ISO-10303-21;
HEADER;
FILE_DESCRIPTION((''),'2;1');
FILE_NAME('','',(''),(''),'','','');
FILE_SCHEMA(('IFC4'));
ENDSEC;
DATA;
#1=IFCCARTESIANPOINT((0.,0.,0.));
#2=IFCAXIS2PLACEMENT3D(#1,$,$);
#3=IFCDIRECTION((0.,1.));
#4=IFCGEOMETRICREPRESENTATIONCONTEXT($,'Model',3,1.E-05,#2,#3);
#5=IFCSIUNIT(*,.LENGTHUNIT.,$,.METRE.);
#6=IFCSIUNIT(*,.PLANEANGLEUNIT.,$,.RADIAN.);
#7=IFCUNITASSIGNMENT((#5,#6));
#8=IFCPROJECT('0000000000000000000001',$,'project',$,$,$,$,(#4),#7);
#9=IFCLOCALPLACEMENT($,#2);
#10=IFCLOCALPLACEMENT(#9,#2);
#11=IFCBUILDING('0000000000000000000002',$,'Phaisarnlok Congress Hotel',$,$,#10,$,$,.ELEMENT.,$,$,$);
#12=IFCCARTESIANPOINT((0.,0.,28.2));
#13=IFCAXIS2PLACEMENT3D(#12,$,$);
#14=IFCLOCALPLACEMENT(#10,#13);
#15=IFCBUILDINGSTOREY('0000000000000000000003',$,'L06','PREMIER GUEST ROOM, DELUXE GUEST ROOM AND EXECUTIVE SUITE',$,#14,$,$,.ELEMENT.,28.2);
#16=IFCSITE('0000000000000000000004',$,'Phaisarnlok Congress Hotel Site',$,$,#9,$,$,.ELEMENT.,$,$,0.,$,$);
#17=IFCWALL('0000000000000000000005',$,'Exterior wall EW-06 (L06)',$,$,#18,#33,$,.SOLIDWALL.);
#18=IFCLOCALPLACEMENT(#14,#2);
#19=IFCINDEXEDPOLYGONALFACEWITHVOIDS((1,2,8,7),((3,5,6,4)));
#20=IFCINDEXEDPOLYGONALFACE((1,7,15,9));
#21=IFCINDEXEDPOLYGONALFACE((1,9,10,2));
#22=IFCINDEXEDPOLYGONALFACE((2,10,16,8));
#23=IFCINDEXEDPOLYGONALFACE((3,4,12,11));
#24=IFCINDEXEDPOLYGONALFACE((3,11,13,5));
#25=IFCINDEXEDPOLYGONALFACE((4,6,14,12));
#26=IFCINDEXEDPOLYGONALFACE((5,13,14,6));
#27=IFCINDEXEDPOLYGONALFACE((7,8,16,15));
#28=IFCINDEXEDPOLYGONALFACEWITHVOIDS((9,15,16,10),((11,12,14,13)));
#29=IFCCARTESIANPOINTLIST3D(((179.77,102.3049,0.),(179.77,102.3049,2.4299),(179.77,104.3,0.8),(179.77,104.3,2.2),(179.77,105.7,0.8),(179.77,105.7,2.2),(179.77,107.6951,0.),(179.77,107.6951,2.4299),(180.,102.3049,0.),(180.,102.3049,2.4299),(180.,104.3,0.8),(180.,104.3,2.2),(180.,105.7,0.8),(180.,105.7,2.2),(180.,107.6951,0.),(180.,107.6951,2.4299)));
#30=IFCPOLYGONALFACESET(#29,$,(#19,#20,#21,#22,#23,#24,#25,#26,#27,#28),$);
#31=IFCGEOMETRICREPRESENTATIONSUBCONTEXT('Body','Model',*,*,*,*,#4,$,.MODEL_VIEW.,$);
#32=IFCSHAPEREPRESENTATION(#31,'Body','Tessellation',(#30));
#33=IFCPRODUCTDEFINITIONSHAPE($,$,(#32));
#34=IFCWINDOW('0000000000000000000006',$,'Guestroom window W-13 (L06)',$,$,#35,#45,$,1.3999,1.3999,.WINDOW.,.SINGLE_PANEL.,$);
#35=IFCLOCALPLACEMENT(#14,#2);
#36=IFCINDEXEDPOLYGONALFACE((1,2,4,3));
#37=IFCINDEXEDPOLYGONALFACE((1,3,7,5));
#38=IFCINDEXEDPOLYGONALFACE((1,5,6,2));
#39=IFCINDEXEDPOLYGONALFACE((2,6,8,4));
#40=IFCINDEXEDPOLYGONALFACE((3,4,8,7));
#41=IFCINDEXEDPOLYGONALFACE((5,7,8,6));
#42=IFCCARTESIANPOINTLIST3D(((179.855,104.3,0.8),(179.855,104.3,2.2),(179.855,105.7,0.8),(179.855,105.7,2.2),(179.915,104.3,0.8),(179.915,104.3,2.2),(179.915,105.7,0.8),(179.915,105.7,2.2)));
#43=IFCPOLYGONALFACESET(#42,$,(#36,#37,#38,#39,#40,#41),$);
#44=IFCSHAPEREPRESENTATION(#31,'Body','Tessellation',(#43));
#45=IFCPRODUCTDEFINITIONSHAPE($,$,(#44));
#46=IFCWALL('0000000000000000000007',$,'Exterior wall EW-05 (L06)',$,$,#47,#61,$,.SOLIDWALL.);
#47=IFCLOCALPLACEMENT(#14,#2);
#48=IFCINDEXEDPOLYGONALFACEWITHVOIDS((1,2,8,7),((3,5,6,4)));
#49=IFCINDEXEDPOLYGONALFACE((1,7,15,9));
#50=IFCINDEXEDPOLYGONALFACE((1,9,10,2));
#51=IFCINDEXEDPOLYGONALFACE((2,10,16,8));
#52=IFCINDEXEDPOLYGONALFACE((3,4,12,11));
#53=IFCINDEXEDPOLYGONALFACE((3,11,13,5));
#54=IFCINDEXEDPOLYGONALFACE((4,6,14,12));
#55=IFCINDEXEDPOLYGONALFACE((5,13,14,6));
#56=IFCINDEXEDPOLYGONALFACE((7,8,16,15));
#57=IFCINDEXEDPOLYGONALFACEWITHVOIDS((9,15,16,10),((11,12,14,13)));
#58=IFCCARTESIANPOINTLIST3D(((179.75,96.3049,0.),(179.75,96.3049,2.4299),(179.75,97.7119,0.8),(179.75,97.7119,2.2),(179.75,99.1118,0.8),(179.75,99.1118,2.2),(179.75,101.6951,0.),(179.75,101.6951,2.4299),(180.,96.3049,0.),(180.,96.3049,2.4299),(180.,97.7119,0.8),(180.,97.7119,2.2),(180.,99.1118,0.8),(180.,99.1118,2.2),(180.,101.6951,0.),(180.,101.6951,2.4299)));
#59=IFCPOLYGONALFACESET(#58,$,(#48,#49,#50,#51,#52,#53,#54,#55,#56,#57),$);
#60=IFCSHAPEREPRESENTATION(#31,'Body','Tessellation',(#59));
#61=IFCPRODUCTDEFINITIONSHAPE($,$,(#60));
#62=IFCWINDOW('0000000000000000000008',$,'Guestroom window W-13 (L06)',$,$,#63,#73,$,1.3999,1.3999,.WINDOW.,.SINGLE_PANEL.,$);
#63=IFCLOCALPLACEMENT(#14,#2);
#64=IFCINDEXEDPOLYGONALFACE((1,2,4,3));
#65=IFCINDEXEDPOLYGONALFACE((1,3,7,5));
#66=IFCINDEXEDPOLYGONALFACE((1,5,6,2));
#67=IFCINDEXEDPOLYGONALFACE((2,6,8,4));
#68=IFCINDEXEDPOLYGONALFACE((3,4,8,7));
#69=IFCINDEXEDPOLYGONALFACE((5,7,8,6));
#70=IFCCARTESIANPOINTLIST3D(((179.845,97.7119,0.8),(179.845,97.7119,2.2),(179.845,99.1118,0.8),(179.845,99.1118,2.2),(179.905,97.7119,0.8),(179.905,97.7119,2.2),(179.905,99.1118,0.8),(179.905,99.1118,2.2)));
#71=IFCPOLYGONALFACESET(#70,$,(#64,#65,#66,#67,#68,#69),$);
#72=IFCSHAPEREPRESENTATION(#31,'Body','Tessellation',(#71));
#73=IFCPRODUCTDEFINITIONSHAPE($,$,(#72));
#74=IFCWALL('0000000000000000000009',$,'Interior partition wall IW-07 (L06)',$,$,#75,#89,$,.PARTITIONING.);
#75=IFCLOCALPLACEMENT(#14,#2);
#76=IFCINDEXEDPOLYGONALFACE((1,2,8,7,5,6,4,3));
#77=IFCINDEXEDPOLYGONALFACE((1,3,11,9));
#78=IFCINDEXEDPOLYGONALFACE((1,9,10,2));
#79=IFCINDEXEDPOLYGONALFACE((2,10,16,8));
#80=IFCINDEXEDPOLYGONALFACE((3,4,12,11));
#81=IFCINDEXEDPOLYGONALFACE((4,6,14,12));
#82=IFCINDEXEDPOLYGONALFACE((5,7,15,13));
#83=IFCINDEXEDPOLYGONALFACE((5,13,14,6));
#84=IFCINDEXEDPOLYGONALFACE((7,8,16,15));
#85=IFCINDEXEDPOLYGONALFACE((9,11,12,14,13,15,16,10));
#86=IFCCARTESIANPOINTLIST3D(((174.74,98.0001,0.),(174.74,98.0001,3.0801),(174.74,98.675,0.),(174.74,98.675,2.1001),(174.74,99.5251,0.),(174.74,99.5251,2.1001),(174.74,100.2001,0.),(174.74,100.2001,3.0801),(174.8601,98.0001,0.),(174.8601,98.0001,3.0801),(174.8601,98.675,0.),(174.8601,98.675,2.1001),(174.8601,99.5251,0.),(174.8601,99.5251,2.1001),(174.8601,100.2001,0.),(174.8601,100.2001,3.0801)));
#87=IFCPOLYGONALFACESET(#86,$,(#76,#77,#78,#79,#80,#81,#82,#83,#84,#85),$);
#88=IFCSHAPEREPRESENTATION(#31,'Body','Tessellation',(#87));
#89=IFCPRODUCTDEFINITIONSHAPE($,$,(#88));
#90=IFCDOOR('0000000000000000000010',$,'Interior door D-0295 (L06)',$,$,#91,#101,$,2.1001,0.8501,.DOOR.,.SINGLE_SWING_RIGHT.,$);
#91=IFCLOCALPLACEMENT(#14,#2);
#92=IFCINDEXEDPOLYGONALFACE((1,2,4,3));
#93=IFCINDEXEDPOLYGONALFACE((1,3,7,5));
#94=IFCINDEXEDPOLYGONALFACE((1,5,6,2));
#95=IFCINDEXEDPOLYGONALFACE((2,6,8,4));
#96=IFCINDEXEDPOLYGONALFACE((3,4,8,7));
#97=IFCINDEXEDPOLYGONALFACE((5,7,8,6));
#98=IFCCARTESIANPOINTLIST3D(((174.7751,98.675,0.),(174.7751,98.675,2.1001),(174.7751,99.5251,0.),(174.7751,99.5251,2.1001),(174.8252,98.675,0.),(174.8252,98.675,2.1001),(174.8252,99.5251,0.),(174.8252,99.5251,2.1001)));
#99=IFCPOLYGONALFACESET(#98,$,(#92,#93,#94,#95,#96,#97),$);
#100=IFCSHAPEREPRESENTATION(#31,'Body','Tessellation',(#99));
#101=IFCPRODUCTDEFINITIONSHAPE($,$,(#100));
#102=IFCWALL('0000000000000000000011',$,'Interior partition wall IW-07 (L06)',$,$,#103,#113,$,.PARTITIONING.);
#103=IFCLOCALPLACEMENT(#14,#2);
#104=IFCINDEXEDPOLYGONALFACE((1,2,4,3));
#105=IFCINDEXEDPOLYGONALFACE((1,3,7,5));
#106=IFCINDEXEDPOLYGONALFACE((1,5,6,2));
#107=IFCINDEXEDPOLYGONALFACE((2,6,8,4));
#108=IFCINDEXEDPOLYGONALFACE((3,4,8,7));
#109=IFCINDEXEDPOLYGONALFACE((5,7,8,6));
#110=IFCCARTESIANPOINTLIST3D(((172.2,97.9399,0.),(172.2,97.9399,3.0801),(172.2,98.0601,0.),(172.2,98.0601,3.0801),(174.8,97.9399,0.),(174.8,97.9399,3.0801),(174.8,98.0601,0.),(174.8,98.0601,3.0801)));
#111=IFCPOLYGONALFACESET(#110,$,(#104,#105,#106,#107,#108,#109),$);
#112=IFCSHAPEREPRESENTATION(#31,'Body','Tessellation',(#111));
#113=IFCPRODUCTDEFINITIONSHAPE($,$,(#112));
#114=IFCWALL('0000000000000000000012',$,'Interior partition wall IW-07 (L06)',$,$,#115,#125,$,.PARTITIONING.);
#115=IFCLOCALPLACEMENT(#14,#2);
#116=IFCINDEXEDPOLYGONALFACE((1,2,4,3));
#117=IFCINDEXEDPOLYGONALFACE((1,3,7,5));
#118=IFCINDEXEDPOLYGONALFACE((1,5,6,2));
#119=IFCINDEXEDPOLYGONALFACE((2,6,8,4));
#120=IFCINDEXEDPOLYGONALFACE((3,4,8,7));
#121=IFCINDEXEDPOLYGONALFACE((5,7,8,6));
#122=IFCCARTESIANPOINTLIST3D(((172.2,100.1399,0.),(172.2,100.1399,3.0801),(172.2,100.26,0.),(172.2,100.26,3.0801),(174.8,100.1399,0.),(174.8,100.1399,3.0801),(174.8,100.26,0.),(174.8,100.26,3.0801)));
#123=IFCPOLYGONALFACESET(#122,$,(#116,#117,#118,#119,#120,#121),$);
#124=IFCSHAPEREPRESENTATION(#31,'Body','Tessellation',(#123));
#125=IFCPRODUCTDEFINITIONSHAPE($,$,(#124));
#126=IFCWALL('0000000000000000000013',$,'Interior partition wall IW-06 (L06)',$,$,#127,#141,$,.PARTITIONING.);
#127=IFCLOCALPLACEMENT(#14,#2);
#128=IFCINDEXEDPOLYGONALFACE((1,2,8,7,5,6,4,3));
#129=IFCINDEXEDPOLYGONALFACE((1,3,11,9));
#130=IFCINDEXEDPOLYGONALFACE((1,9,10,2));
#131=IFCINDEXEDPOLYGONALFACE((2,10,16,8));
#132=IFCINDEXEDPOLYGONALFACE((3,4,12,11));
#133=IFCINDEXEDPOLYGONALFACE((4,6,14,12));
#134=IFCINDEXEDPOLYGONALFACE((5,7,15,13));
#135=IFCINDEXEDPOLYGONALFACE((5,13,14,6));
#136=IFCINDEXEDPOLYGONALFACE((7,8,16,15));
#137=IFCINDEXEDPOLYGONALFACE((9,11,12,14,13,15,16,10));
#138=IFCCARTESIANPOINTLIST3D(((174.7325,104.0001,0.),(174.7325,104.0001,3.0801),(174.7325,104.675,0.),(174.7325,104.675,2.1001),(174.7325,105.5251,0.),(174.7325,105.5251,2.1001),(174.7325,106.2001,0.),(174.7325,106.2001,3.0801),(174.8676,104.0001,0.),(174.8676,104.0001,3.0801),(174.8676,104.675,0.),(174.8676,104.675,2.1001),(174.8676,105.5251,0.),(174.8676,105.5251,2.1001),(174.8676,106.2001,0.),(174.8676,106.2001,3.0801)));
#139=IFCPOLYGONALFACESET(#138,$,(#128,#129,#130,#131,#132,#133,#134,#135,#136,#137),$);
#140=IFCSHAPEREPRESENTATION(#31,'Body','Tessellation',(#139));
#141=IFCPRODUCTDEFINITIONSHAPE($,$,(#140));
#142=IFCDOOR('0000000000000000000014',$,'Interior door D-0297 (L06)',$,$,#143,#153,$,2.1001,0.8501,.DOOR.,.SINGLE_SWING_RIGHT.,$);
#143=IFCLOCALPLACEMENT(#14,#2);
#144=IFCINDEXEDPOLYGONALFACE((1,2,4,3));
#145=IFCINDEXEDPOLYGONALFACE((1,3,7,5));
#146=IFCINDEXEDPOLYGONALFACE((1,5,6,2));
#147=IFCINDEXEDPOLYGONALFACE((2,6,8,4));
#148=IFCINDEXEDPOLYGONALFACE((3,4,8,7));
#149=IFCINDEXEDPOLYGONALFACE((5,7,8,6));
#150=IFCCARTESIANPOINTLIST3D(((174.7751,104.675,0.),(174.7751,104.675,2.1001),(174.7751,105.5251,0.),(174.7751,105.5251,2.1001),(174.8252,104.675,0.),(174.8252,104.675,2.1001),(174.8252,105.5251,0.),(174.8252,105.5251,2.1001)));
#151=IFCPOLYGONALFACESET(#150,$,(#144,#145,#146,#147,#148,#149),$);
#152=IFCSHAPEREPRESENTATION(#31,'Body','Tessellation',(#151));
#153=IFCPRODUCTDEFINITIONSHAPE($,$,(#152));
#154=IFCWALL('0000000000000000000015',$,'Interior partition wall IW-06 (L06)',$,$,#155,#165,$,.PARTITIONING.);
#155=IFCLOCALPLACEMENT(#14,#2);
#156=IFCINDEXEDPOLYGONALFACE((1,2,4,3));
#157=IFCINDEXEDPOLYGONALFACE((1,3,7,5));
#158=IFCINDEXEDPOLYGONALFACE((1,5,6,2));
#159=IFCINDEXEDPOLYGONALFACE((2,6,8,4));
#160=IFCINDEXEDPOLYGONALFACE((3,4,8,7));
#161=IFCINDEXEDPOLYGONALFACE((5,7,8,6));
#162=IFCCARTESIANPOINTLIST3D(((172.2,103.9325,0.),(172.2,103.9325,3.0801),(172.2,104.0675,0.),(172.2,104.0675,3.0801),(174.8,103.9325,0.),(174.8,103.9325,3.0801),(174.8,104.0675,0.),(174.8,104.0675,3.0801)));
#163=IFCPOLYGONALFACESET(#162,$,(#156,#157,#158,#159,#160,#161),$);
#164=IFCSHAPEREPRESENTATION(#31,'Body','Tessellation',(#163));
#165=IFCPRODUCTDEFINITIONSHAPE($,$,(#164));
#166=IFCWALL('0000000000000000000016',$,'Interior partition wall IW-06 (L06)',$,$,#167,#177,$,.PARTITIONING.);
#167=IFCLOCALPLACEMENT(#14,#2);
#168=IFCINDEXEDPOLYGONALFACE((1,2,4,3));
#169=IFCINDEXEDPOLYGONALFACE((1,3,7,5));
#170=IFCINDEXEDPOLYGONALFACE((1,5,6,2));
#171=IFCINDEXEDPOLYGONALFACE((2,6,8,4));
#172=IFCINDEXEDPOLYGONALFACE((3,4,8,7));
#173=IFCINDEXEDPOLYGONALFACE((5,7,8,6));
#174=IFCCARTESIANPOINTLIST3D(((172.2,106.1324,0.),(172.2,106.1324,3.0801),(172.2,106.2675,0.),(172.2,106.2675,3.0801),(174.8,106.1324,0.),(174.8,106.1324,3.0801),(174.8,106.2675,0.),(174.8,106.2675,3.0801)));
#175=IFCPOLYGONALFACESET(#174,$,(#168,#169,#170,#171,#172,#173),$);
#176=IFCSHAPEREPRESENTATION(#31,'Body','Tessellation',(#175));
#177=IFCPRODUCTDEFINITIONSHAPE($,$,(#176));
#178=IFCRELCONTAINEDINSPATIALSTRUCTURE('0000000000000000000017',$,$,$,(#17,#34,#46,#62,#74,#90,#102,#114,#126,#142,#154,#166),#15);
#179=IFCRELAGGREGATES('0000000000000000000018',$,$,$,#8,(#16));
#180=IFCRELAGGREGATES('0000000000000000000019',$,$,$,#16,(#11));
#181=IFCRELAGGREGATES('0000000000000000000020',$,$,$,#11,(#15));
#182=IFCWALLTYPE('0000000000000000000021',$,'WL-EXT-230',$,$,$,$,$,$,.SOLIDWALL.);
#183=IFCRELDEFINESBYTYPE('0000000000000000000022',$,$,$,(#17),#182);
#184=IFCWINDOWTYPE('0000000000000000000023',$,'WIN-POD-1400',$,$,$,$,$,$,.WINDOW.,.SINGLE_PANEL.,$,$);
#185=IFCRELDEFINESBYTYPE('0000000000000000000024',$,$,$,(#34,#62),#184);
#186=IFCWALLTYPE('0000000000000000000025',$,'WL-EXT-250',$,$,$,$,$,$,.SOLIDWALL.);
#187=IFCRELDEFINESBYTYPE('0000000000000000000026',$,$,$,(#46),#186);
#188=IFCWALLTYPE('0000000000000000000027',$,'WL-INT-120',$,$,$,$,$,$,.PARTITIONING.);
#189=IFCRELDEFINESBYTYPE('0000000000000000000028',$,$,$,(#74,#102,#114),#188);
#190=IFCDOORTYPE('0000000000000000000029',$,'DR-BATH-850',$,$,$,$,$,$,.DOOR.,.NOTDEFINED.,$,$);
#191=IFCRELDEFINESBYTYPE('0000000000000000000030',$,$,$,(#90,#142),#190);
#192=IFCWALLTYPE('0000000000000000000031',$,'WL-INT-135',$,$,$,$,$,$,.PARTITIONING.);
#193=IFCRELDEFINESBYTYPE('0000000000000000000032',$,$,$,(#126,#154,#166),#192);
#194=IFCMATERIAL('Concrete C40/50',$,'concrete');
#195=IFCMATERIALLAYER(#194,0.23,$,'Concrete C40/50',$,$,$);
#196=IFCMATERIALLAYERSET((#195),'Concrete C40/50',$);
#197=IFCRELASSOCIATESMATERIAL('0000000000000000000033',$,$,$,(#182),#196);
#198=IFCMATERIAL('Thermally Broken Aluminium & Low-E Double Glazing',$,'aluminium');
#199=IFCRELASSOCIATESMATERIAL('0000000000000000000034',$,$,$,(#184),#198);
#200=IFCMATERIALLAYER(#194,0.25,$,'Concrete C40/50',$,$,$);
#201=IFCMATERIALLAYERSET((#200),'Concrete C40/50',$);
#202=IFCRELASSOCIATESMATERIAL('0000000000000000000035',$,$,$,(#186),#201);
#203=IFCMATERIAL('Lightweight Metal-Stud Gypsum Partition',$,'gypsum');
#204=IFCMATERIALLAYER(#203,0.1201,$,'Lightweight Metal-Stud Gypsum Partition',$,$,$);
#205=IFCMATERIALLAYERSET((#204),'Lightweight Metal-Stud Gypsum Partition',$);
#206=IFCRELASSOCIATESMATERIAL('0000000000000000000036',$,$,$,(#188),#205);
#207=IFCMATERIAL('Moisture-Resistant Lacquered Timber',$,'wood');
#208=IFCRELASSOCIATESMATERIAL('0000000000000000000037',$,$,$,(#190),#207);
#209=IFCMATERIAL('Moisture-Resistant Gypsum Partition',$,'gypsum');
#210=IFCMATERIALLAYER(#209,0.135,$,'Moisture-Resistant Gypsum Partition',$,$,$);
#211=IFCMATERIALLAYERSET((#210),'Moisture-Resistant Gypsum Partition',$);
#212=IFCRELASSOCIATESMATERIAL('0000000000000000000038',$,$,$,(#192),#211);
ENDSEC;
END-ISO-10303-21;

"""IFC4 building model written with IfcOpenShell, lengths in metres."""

from ifc_helpers import new_model, si_unit, direction, frame, frame_2d, origin, place, context, subcontext, project, spatial, rectangle, extrude, material, layer, layer_set, type_object, element, fill, save


model = new_model("IFC4")

# Units and contexts
model_context = context("Model", 3, precision=1e-05, world=origin(), true_north=direction((0.0, 1.0)))
body_context = subcontext(model_context, "Body", "Model", "MODEL_VIEW")
ifc_project = project(units=[si_unit("LENGTHUNIT", "METRE"), si_unit("PLANEANGLEUNIT", "RADIAN")], contexts=[model_context])

# Site, building, storey
site_placement = place(None, origin())
site = spatial("IfcSite", under=ifc_project, at=site_placement, Name="Phaisarnlok Congress Hotel Site", CompositionType="ELEMENT", RefElevation=0.0)
building_placement = place(site_placement, origin())
building = spatial("IfcBuilding", under=site, at=building_placement, Name="Phaisarnlok Congress Hotel", CompositionType="ELEMENT")
storey_placement = place(building_placement, frame((0.0, 0.0, 28.2)))
storey = spatial("IfcBuildingStorey", under=building, at=storey_placement, Name="L06", Description="PREMIER GUEST ROOM, DELUXE GUEST ROOM AND EXECUTIVE SUITE", CompositionType="ELEMENT", Elevation=28.2)

# Shared definitions
ifc_material_1 = material(Name="Concrete C40/50", Category="concrete")

# Walls, openings, windows
ifc_layer_1 = layer(ifc_material_1, 0.23, Name="Concrete C40/50")
ifc_layer_set_1 = layer_set([ifc_layer_1], Name="Concrete C40/50")
wall_type_1 = type_object("IfcWallType", Name="WL-EXT-230", PredefinedType="SOLIDWALL", material=ifc_layer_set_1)
wall_1_placement = place(storey_placement, frame((179.885, 102.3049, 0.0), z_axis=(0.0, 0.0, 1.0), x_axis=(0.0, 1.0, 0.0)))
wall_1 = element("IfcWall", 1, at=wall_1_placement, inside=storey, type_object=wall_type_1, Name="Exterior wall EW-06 (L06)", PredefinedType="SOLIDWALL", context=body_context, shape_type="SweptSolid", body=[
    extrude(rectangle(XDim=5.3901, YDim=0.23, at=frame_2d((2.6951, 0.0))), origin(), (0.0, 0.0, 1.0), 2.4299),
])
opening_1_placement = place(wall_1_placement, frame((1.9951, 0.0, 0.8)))
opening_1 = element("IfcOpeningElement", 2, at=opening_1_placement, cuts=wall_1, PredefinedType="OPENING", context=body_context, shape_type="SweptSolid", body=[
    extrude(rectangle(XDim=1.3999, YDim=1.3999, at=frame_2d((0.7, 0.7))), frame((0.0, 0.125, 0.0), z_axis=(0.0, -1.0, 0.0), x_axis=(1.0, 0.0, 0.0)), (0.0, 0.0, 1.0), 0.25),
])
ifc_material_2 = material(Name="Thermally Broken Aluminium & Low-E Double Glazing", Category="aluminium")
window_type = type_object("IfcWindowType", Name="WIN-POD-1400", PartitioningType="SINGLE_PANEL", PredefinedType="WINDOW", material=ifc_material_2)
window_1_placement = place(opening_1_placement, origin())
window_1 = element("IfcWindow", 3, at=window_1_placement, inside=storey, type_object=window_type, Name="Guestroom window W-13 (L06)", OverallHeight=1.3999, OverallWidth=1.3999, PartitioningType="SINGLE_PANEL", PredefinedType="WINDOW", context=body_context, shape_type="SweptSolid", body=[
    extrude(rectangle(XDim=1.3999, YDim=1.3999, at=frame_2d((0.7, 0.7))), frame((0.0, 0.03, 0.0), z_axis=(0.0, -1.0, 0.0), x_axis=(1.0, 0.0, 0.0)), (0.0, 0.0, 1.0), 0.0601),
])
fill(opening_1, window_1)
ifc_layer_2 = layer(ifc_material_1, 0.25, Name="Concrete C40/50")
ifc_layer_set_2 = layer_set([ifc_layer_2], Name="Concrete C40/50")
wall_type_2 = type_object("IfcWallType", Name="WL-EXT-250", PredefinedType="SOLIDWALL", material=ifc_layer_set_2)
wall_2_placement = place(storey_placement, frame((179.875, 96.3049, 0.0), z_axis=(0.0, 0.0, 1.0), x_axis=(0.0, 1.0, 0.0)))
wall_2 = element("IfcWall", 4, at=wall_2_placement, inside=storey, type_object=wall_type_2, Name="Exterior wall EW-05 (L06)", PredefinedType="SOLIDWALL", context=body_context, shape_type="SweptSolid", body=[
    extrude(rectangle(XDim=5.3901, YDim=0.25, at=frame_2d((2.6951, 0.0))), origin(), (0.0, 0.0, 1.0), 2.4299),
])
opening_2_placement = place(wall_2_placement, frame((1.407, 0.0, 0.8)))
opening_2 = element("IfcOpeningElement", 5, at=opening_2_placement, cuts=wall_2, PredefinedType="OPENING", context=body_context, shape_type="SweptSolid", body=[
    extrude(rectangle(XDim=1.3999, YDim=1.3999, at=frame_2d((0.7, 0.7))), frame((0.0, 0.135, 0.0), z_axis=(0.0, -1.0, 0.0), x_axis=(1.0, 0.0, 0.0)), (0.0, 0.0, 1.0), 0.27),
])
window_2_placement = place(opening_2_placement, origin())
window_2 = element("IfcWindow", 6, at=window_2_placement, inside=storey, type_object=window_type, Name="Guestroom window W-13 (L06)", OverallHeight=1.3999, OverallWidth=1.3999, PartitioningType="SINGLE_PANEL", PredefinedType="WINDOW", context=body_context, shape_type="SweptSolid", body=[
    extrude(rectangle(XDim=1.3999, YDim=1.3999, at=frame_2d((0.7, 0.7))), frame((0.0, 0.03, 0.0), z_axis=(0.0, -1.0, 0.0), x_axis=(1.0, 0.0, 0.0)), (0.0, 0.0, 1.0), 0.0601),
])
fill(opening_2, window_2)

# Wall, opening, door
ifc_material_3 = material(Name="Lightweight Metal-Stud Gypsum Partition", Category="gypsum")
ifc_layer_3 = layer(ifc_material_3, 0.1201, Name="Lightweight Metal-Stud Gypsum Partition")
ifc_layer_set_3 = layer_set([ifc_layer_3], Name="Lightweight Metal-Stud Gypsum Partition")
wall_type_3 = type_object("IfcWallType", Name="WL-INT-120", PredefinedType="PARTITIONING", material=ifc_layer_set_3)
wall_3_placement = place(storey_placement, frame((174.8, 98.0, 0.0), z_axis=(0.0, 0.0, 1.0), x_axis=(0.0, 1.0, 0.0)))
wall_3 = element("IfcWall", 7, at=wall_3_placement, inside=storey, type_object=wall_type_3, Name="Interior partition wall IW-07 (L06)", PredefinedType="PARTITIONING", context=body_context, shape_type="SweptSolid", body=[
    extrude(rectangle(XDim=2.2, YDim=0.1201, at=frame_2d((1.1001, 0.0))), origin(), (0.0, 0.0, 1.0), 3.0801),
])
opening_3_placement = place(wall_3_placement, frame((0.675, 0.0, 0.0)))
opening_3 = element("IfcOpeningElement", 8, at=opening_3_placement, cuts=wall_3, PredefinedType="OPENING", context=body_context, shape_type="SweptSolid", body=[
    extrude(rectangle(XDim=0.8501, YDim=2.1001, at=frame_2d((0.425, 1.05))), frame((0.0, 0.0701, 0.0), z_axis=(0.0, -1.0, 0.0), x_axis=(1.0, 0.0, 0.0)), (0.0, 0.0, 1.0), 0.1401),
])
ifc_material_4 = material(Name="Moisture-Resistant Lacquered Timber", Category="wood")
door_type = type_object("IfcDoorType", Name="DR-BATH-850", OperationType="NOTDEFINED", PredefinedType="DOOR", material=ifc_material_4)
door_1_placement = place(opening_3_placement, origin())
door_1 = element("IfcDoor", 9, at=door_1_placement, inside=storey, type_object=door_type, Name="Interior door D-0295 (L06)", OperationType="SINGLE_SWING_RIGHT", OverallHeight=2.1001, OverallWidth=0.8501, PredefinedType="DOOR", context=body_context, shape_type="SweptSolid", body=[
    extrude(rectangle(XDim=0.8501, YDim=2.1001, at=frame_2d((0.425, 1.05))), frame((0.0, 0.0249, 0.0), z_axis=(0.0, -1.0, 0.0), x_axis=(1.0, 0.0, 0.0)), (0.0, 0.0, 1.0), 0.05),
])
fill(opening_3, door_1)

# Walls
for number, where, z_axis, x_axis, name in (
    (10, (172.2, 98.0, 0.0), (0.0, 0.0, 1.0), (1.0, 0.0, 0.0), "Interior partition wall IW-07 (L06)"),
    (11, (172.2, 100.2, 0.0), (0.0, 0.0, 1.0), (1.0, 0.0, 0.0), "Interior partition wall IW-07 (L06)"),
):
    element("IfcWall", number, at=place(storey_placement, frame(where, z_axis=z_axis, x_axis=x_axis)), inside=storey, type_object=wall_type_3, Name=name, PredefinedType="PARTITIONING", context=body_context, shape_type="SweptSolid", body=[
        extrude(rectangle(XDim=2.6001, YDim=0.1201, at=frame_2d((1.3, 0.0))), origin(), (0.0, 0.0, 1.0), 3.0801),
    ])

# Wall, opening, door
ifc_material_5 = material(Name="Moisture-Resistant Gypsum Partition", Category="gypsum")
ifc_layer_4 = layer(ifc_material_5, 0.135, Name="Moisture-Resistant Gypsum Partition")
ifc_layer_set_4 = layer_set([ifc_layer_4], Name="Moisture-Resistant Gypsum Partition")
wall_type_4 = type_object("IfcWallType", Name="WL-INT-135", PredefinedType="PARTITIONING", material=ifc_layer_set_4)
wall_4_placement = place(storey_placement, frame((174.8, 104.0, 0.0), z_axis=(0.0, 0.0, 1.0), x_axis=(0.0, 1.0, 0.0)))
wall_4 = element("IfcWall", 12, at=wall_4_placement, inside=storey, type_object=wall_type_4, Name="Interior partition wall IW-06 (L06)", PredefinedType="PARTITIONING", context=body_context, shape_type="SweptSolid", body=[
    extrude(rectangle(XDim=2.2, YDim=0.135, at=frame_2d((1.1001, 0.0))), origin(), (0.0, 0.0, 1.0), 3.0801),
])
opening_4_placement = place(wall_4_placement, frame((0.675, 0.0, 0.0)))
opening_4 = element("IfcOpeningElement", 13, at=opening_4_placement, cuts=wall_4, PredefinedType="OPENING", context=body_context, shape_type="SweptSolid", body=[
    extrude(rectangle(XDim=0.8501, YDim=2.1001, at=frame_2d((0.425, 1.05))), frame((0.0, 0.0776, 0.0), z_axis=(0.0, -1.0, 0.0), x_axis=(1.0, 0.0, 0.0)), (0.0, 0.0, 1.0), 0.155),
])
door_2_placement = place(opening_4_placement, origin())
door_2 = element("IfcDoor", 14, at=door_2_placement, inside=storey, type_object=door_type, Name="Interior door D-0297 (L06)", OperationType="SINGLE_SWING_RIGHT", OverallHeight=2.1001, OverallWidth=0.8501, PredefinedType="DOOR", context=body_context, shape_type="SweptSolid", body=[
    extrude(rectangle(XDim=0.8501, YDim=2.1001, at=frame_2d((0.425, 1.05))), frame((0.0, 0.0249, 0.0), z_axis=(0.0, -1.0, 0.0), x_axis=(1.0, 0.0, 0.0)), (0.0, 0.0, 1.0), 0.05),
])
fill(opening_4, door_2)

# Walls
for number, where, z_axis, x_axis, name in (
    (15, (172.2, 104.0, 0.0), (0.0, 0.0, 1.0), (1.0, 0.0, 0.0), "Interior partition wall IW-06 (L06)"),
    (16, (172.2, 106.2, 0.0), (0.0, 0.0, 1.0), (1.0, 0.0, 0.0), "Interior partition wall IW-06 (L06)"),
):
    element("IfcWall", number, at=place(storey_placement, frame(where, z_axis=z_axis, x_axis=x_axis)), inside=storey, type_object=wall_type_4, Name=name, PredefinedType="PARTITIONING", context=body_context, shape_type="SweptSolid", body=[
        extrude(rectangle(XDim=2.6001, YDim=0.135, at=frame_2d((1.3, 0.0))), origin(), (0.0, 0.0, 1.0), 3.0801),
    ])

save(model, "model.ifc")
